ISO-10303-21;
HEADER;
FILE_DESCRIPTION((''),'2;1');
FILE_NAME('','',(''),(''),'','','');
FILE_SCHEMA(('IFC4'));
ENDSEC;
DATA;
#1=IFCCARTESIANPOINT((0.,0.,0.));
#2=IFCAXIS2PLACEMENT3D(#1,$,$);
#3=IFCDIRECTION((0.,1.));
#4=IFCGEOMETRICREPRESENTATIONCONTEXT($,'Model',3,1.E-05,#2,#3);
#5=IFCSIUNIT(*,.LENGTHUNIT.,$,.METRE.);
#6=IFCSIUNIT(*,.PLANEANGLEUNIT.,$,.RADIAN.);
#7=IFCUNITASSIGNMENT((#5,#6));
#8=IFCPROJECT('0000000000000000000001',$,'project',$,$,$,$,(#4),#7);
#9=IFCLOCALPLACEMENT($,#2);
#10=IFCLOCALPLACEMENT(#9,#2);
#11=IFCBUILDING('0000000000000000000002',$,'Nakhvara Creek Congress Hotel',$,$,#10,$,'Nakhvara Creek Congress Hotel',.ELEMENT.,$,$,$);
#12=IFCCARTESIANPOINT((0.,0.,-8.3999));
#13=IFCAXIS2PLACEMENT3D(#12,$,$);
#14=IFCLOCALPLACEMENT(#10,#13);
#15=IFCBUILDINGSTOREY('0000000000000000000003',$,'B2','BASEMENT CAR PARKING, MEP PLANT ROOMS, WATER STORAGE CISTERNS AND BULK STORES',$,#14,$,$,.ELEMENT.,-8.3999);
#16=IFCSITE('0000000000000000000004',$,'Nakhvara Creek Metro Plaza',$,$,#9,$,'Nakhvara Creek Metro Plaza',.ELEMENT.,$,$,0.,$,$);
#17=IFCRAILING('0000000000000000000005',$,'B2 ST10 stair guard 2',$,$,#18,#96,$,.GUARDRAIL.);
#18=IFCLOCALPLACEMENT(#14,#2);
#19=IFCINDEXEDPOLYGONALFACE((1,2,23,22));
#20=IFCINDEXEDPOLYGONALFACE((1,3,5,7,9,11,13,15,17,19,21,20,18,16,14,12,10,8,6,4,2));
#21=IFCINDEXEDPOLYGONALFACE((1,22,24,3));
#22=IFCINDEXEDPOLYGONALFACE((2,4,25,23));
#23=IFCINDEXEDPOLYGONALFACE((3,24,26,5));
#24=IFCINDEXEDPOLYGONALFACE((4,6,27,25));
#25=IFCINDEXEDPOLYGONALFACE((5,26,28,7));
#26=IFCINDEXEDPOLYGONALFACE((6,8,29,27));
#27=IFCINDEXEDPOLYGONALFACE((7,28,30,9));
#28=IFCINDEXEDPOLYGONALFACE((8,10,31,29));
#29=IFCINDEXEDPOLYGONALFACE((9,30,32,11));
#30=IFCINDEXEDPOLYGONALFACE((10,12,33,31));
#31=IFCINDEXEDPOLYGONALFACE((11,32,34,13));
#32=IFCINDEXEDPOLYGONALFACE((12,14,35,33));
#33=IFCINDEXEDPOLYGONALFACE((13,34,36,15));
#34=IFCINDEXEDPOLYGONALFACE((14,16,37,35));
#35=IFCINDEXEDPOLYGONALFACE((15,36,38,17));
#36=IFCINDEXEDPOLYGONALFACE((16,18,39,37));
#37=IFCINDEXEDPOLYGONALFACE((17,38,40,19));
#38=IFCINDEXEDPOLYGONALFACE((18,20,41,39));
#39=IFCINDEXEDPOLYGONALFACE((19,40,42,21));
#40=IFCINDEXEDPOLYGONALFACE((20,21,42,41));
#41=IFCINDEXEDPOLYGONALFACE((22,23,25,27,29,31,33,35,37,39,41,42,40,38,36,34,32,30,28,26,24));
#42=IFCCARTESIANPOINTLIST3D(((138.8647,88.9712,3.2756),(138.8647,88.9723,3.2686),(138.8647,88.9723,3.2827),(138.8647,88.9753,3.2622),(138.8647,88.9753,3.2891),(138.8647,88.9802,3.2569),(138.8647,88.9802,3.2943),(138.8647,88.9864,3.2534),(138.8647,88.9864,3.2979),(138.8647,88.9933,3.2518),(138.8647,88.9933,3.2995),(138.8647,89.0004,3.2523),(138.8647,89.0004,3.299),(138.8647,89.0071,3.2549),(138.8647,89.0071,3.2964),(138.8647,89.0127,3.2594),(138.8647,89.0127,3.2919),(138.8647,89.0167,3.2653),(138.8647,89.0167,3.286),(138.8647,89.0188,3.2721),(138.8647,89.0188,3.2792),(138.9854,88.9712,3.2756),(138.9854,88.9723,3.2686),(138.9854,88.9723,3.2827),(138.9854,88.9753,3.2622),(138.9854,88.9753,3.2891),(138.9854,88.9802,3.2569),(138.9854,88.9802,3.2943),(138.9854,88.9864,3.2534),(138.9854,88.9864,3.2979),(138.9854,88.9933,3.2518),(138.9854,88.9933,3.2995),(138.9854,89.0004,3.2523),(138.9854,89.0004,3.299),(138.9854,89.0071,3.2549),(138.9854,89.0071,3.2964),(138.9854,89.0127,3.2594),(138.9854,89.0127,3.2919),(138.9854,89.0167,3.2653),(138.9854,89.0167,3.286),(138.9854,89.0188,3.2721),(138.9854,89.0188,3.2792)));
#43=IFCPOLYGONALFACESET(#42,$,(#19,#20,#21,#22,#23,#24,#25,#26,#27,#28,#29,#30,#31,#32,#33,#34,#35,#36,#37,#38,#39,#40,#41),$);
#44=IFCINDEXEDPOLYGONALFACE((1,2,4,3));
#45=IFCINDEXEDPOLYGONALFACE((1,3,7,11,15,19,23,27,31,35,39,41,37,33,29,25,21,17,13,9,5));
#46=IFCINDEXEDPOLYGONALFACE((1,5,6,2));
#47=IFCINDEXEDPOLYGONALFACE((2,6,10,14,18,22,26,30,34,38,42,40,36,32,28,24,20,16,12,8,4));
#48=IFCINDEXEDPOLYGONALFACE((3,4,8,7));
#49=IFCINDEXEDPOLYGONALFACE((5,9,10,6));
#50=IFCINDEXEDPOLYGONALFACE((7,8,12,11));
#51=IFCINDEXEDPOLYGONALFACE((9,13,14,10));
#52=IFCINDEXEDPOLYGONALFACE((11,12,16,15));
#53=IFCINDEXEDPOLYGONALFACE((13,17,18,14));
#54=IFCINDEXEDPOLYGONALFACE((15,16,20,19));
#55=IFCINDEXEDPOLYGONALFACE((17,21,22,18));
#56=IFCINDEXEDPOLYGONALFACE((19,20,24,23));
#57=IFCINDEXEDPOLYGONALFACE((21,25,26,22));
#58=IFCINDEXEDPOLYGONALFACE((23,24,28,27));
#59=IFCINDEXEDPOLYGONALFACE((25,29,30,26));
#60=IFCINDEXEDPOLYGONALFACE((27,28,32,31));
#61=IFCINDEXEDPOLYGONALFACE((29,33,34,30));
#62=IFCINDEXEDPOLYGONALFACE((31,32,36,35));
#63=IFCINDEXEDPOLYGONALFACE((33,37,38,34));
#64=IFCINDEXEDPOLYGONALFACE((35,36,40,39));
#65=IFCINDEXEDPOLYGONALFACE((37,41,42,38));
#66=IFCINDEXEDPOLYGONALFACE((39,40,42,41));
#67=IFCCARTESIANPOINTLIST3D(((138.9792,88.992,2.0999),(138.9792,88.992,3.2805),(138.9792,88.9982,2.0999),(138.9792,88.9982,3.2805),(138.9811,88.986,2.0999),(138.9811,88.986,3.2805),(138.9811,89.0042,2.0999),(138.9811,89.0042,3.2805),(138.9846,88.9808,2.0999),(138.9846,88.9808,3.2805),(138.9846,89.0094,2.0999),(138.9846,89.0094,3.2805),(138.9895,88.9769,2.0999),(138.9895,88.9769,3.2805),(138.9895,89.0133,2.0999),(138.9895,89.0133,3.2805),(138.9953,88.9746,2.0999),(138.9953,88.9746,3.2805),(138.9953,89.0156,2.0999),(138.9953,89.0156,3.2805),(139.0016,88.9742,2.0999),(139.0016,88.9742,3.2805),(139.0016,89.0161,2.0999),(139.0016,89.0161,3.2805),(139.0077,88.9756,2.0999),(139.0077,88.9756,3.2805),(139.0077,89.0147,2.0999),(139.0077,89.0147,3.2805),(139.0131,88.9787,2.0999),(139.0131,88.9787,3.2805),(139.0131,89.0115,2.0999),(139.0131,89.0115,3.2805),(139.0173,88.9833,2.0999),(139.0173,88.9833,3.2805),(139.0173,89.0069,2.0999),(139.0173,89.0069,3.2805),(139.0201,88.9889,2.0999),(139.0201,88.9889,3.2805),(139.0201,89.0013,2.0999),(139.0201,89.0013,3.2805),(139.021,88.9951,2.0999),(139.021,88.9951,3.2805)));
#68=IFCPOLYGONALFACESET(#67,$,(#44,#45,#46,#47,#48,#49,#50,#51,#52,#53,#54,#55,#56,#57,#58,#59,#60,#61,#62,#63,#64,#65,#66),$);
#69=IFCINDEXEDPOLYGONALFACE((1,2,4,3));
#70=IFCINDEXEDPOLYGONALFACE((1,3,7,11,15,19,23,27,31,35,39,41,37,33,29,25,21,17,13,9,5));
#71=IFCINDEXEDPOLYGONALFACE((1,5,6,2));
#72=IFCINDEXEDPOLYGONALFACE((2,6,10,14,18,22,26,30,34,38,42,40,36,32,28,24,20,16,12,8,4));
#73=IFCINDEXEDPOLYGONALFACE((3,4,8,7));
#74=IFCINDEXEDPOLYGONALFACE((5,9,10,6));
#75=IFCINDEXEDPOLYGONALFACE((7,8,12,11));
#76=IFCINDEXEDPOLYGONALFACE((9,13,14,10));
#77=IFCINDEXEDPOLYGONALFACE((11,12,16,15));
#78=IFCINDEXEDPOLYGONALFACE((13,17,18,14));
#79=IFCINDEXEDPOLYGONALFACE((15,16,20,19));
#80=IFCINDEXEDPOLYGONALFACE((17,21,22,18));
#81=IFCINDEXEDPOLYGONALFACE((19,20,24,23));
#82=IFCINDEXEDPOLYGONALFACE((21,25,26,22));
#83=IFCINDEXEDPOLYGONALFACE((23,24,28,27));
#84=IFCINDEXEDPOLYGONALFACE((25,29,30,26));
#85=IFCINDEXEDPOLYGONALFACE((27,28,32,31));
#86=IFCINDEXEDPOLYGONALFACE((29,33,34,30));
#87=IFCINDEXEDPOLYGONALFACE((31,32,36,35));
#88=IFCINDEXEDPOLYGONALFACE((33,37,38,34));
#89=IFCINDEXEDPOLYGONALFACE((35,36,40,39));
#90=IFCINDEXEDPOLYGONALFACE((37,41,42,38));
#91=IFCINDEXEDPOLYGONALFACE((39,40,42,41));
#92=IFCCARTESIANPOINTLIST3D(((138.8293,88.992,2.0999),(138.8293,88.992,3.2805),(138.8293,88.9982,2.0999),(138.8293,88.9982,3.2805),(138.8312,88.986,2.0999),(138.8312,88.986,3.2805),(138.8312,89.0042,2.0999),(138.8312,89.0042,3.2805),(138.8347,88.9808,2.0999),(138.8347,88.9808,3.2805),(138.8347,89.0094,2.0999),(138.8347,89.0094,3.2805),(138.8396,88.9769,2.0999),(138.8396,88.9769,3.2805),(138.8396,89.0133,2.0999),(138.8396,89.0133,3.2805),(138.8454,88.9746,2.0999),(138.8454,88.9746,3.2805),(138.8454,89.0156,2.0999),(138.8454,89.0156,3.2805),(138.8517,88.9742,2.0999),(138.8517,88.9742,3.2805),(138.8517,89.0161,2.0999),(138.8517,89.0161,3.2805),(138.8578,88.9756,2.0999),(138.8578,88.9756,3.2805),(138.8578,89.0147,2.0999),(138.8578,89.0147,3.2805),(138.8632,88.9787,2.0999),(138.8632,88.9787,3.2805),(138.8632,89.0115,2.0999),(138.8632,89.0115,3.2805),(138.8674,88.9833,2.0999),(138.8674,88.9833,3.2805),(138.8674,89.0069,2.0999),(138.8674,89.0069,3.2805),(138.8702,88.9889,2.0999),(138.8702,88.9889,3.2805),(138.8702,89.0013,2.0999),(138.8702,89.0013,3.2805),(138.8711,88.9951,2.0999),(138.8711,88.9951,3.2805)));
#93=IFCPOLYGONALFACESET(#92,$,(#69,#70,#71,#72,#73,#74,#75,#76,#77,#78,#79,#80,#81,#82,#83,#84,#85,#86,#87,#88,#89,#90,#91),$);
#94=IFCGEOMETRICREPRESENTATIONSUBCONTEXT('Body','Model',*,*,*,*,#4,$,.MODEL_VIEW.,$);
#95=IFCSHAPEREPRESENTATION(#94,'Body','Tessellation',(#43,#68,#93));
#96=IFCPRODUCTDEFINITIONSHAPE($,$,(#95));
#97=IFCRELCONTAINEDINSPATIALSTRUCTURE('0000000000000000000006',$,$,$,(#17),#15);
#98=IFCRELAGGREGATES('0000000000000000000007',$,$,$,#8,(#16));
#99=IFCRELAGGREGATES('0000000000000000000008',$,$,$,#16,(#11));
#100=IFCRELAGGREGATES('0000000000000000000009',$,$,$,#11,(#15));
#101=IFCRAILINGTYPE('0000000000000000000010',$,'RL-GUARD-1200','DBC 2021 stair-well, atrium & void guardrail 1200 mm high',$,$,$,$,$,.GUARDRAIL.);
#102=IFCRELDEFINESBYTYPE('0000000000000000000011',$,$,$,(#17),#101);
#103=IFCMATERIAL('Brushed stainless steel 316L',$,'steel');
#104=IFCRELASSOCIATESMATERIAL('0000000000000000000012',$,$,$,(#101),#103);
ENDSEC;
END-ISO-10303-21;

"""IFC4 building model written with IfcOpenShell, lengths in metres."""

from ifc_helpers import new_model, si_unit, direction, frame, origin, origin_2d, place, context, subcontext, project, spatial, circle, extrude, material, type_object, element, save


model = new_model("IFC4")

# Units and contexts
model_context = context("Model", 3, precision=1e-05, world=origin(), true_north=direction((0.0, 1.0)))
body_context = subcontext(model_context, "Body", "Model", "MODEL_VIEW")
ifc_project = project(units=[si_unit("LENGTHUNIT", "METRE"), si_unit("PLANEANGLEUNIT", "RADIAN")], contexts=[model_context])

# Site, building, storey
site_placement = place(None, origin())
site = spatial("IfcSite", under=ifc_project, at=site_placement, Name="Nakhvara Creek Metro Plaza", LongName="Nakhvara Creek Metro Plaza", CompositionType="ELEMENT", RefElevation=0.0)
building_placement = place(site_placement, origin())
building = spatial("IfcBuilding", under=site, at=building_placement, Name="Nakhvara Creek Congress Hotel", LongName="Nakhvara Creek Congress Hotel", CompositionType="ELEMENT")
storey_placement = place(building_placement, frame((0.0, 0.0, -8.3999)))
storey = spatial("IfcBuildingStorey", under=building, at=storey_placement, Name="B2", Description="BASEMENT CAR PARKING, MEP PLANT ROOMS, WATER STORAGE CISTERNS AND BULK STORES", CompositionType="ELEMENT", Elevation=-8.3999)

# Railing
ifc_material_1 = material(Name="Brushed stainless steel 316L", Category="steel")
railing_type_1 = type_object("IfcRailingType", Name="RL-GUARD-1200", Description="DBC 2021 stair-well, atrium & void guardrail 1200 mm high", PredefinedType="GUARDRAIL", material=ifc_material_1)
railing_1_placement = place(storey_placement, frame((139.0, 88.9951, 2.0999)))
element("IfcRailing", 1, at=railing_1_placement, inside=storey, type_object=railing_type_1, Name="B2 ST10 stair guard 2", PredefinedType="GUARDRAIL", context=body_context, shape_type="SweptSolid", body=[
    extrude(circle(Radius=0.0239, at=origin_2d()), frame((-0.0146, 0.0, 1.1758), z_axis=(-1.0, 0.0, 0.0), x_axis=(0.0, -1.0, 0.0)), (0.0, 0.0, 1.0), 0.1206),
    extrude(circle(Radius=0.021, at=origin_2d()), origin(), (0.0, 0.0, 1.0), 1.1807),
    extrude(circle(Radius=0.021, at=origin_2d()), frame((-0.1499, 0.0, 0.0)), (0.0, 0.0, 1.0), 1.1807),
])

save(model, "model.ifc")
